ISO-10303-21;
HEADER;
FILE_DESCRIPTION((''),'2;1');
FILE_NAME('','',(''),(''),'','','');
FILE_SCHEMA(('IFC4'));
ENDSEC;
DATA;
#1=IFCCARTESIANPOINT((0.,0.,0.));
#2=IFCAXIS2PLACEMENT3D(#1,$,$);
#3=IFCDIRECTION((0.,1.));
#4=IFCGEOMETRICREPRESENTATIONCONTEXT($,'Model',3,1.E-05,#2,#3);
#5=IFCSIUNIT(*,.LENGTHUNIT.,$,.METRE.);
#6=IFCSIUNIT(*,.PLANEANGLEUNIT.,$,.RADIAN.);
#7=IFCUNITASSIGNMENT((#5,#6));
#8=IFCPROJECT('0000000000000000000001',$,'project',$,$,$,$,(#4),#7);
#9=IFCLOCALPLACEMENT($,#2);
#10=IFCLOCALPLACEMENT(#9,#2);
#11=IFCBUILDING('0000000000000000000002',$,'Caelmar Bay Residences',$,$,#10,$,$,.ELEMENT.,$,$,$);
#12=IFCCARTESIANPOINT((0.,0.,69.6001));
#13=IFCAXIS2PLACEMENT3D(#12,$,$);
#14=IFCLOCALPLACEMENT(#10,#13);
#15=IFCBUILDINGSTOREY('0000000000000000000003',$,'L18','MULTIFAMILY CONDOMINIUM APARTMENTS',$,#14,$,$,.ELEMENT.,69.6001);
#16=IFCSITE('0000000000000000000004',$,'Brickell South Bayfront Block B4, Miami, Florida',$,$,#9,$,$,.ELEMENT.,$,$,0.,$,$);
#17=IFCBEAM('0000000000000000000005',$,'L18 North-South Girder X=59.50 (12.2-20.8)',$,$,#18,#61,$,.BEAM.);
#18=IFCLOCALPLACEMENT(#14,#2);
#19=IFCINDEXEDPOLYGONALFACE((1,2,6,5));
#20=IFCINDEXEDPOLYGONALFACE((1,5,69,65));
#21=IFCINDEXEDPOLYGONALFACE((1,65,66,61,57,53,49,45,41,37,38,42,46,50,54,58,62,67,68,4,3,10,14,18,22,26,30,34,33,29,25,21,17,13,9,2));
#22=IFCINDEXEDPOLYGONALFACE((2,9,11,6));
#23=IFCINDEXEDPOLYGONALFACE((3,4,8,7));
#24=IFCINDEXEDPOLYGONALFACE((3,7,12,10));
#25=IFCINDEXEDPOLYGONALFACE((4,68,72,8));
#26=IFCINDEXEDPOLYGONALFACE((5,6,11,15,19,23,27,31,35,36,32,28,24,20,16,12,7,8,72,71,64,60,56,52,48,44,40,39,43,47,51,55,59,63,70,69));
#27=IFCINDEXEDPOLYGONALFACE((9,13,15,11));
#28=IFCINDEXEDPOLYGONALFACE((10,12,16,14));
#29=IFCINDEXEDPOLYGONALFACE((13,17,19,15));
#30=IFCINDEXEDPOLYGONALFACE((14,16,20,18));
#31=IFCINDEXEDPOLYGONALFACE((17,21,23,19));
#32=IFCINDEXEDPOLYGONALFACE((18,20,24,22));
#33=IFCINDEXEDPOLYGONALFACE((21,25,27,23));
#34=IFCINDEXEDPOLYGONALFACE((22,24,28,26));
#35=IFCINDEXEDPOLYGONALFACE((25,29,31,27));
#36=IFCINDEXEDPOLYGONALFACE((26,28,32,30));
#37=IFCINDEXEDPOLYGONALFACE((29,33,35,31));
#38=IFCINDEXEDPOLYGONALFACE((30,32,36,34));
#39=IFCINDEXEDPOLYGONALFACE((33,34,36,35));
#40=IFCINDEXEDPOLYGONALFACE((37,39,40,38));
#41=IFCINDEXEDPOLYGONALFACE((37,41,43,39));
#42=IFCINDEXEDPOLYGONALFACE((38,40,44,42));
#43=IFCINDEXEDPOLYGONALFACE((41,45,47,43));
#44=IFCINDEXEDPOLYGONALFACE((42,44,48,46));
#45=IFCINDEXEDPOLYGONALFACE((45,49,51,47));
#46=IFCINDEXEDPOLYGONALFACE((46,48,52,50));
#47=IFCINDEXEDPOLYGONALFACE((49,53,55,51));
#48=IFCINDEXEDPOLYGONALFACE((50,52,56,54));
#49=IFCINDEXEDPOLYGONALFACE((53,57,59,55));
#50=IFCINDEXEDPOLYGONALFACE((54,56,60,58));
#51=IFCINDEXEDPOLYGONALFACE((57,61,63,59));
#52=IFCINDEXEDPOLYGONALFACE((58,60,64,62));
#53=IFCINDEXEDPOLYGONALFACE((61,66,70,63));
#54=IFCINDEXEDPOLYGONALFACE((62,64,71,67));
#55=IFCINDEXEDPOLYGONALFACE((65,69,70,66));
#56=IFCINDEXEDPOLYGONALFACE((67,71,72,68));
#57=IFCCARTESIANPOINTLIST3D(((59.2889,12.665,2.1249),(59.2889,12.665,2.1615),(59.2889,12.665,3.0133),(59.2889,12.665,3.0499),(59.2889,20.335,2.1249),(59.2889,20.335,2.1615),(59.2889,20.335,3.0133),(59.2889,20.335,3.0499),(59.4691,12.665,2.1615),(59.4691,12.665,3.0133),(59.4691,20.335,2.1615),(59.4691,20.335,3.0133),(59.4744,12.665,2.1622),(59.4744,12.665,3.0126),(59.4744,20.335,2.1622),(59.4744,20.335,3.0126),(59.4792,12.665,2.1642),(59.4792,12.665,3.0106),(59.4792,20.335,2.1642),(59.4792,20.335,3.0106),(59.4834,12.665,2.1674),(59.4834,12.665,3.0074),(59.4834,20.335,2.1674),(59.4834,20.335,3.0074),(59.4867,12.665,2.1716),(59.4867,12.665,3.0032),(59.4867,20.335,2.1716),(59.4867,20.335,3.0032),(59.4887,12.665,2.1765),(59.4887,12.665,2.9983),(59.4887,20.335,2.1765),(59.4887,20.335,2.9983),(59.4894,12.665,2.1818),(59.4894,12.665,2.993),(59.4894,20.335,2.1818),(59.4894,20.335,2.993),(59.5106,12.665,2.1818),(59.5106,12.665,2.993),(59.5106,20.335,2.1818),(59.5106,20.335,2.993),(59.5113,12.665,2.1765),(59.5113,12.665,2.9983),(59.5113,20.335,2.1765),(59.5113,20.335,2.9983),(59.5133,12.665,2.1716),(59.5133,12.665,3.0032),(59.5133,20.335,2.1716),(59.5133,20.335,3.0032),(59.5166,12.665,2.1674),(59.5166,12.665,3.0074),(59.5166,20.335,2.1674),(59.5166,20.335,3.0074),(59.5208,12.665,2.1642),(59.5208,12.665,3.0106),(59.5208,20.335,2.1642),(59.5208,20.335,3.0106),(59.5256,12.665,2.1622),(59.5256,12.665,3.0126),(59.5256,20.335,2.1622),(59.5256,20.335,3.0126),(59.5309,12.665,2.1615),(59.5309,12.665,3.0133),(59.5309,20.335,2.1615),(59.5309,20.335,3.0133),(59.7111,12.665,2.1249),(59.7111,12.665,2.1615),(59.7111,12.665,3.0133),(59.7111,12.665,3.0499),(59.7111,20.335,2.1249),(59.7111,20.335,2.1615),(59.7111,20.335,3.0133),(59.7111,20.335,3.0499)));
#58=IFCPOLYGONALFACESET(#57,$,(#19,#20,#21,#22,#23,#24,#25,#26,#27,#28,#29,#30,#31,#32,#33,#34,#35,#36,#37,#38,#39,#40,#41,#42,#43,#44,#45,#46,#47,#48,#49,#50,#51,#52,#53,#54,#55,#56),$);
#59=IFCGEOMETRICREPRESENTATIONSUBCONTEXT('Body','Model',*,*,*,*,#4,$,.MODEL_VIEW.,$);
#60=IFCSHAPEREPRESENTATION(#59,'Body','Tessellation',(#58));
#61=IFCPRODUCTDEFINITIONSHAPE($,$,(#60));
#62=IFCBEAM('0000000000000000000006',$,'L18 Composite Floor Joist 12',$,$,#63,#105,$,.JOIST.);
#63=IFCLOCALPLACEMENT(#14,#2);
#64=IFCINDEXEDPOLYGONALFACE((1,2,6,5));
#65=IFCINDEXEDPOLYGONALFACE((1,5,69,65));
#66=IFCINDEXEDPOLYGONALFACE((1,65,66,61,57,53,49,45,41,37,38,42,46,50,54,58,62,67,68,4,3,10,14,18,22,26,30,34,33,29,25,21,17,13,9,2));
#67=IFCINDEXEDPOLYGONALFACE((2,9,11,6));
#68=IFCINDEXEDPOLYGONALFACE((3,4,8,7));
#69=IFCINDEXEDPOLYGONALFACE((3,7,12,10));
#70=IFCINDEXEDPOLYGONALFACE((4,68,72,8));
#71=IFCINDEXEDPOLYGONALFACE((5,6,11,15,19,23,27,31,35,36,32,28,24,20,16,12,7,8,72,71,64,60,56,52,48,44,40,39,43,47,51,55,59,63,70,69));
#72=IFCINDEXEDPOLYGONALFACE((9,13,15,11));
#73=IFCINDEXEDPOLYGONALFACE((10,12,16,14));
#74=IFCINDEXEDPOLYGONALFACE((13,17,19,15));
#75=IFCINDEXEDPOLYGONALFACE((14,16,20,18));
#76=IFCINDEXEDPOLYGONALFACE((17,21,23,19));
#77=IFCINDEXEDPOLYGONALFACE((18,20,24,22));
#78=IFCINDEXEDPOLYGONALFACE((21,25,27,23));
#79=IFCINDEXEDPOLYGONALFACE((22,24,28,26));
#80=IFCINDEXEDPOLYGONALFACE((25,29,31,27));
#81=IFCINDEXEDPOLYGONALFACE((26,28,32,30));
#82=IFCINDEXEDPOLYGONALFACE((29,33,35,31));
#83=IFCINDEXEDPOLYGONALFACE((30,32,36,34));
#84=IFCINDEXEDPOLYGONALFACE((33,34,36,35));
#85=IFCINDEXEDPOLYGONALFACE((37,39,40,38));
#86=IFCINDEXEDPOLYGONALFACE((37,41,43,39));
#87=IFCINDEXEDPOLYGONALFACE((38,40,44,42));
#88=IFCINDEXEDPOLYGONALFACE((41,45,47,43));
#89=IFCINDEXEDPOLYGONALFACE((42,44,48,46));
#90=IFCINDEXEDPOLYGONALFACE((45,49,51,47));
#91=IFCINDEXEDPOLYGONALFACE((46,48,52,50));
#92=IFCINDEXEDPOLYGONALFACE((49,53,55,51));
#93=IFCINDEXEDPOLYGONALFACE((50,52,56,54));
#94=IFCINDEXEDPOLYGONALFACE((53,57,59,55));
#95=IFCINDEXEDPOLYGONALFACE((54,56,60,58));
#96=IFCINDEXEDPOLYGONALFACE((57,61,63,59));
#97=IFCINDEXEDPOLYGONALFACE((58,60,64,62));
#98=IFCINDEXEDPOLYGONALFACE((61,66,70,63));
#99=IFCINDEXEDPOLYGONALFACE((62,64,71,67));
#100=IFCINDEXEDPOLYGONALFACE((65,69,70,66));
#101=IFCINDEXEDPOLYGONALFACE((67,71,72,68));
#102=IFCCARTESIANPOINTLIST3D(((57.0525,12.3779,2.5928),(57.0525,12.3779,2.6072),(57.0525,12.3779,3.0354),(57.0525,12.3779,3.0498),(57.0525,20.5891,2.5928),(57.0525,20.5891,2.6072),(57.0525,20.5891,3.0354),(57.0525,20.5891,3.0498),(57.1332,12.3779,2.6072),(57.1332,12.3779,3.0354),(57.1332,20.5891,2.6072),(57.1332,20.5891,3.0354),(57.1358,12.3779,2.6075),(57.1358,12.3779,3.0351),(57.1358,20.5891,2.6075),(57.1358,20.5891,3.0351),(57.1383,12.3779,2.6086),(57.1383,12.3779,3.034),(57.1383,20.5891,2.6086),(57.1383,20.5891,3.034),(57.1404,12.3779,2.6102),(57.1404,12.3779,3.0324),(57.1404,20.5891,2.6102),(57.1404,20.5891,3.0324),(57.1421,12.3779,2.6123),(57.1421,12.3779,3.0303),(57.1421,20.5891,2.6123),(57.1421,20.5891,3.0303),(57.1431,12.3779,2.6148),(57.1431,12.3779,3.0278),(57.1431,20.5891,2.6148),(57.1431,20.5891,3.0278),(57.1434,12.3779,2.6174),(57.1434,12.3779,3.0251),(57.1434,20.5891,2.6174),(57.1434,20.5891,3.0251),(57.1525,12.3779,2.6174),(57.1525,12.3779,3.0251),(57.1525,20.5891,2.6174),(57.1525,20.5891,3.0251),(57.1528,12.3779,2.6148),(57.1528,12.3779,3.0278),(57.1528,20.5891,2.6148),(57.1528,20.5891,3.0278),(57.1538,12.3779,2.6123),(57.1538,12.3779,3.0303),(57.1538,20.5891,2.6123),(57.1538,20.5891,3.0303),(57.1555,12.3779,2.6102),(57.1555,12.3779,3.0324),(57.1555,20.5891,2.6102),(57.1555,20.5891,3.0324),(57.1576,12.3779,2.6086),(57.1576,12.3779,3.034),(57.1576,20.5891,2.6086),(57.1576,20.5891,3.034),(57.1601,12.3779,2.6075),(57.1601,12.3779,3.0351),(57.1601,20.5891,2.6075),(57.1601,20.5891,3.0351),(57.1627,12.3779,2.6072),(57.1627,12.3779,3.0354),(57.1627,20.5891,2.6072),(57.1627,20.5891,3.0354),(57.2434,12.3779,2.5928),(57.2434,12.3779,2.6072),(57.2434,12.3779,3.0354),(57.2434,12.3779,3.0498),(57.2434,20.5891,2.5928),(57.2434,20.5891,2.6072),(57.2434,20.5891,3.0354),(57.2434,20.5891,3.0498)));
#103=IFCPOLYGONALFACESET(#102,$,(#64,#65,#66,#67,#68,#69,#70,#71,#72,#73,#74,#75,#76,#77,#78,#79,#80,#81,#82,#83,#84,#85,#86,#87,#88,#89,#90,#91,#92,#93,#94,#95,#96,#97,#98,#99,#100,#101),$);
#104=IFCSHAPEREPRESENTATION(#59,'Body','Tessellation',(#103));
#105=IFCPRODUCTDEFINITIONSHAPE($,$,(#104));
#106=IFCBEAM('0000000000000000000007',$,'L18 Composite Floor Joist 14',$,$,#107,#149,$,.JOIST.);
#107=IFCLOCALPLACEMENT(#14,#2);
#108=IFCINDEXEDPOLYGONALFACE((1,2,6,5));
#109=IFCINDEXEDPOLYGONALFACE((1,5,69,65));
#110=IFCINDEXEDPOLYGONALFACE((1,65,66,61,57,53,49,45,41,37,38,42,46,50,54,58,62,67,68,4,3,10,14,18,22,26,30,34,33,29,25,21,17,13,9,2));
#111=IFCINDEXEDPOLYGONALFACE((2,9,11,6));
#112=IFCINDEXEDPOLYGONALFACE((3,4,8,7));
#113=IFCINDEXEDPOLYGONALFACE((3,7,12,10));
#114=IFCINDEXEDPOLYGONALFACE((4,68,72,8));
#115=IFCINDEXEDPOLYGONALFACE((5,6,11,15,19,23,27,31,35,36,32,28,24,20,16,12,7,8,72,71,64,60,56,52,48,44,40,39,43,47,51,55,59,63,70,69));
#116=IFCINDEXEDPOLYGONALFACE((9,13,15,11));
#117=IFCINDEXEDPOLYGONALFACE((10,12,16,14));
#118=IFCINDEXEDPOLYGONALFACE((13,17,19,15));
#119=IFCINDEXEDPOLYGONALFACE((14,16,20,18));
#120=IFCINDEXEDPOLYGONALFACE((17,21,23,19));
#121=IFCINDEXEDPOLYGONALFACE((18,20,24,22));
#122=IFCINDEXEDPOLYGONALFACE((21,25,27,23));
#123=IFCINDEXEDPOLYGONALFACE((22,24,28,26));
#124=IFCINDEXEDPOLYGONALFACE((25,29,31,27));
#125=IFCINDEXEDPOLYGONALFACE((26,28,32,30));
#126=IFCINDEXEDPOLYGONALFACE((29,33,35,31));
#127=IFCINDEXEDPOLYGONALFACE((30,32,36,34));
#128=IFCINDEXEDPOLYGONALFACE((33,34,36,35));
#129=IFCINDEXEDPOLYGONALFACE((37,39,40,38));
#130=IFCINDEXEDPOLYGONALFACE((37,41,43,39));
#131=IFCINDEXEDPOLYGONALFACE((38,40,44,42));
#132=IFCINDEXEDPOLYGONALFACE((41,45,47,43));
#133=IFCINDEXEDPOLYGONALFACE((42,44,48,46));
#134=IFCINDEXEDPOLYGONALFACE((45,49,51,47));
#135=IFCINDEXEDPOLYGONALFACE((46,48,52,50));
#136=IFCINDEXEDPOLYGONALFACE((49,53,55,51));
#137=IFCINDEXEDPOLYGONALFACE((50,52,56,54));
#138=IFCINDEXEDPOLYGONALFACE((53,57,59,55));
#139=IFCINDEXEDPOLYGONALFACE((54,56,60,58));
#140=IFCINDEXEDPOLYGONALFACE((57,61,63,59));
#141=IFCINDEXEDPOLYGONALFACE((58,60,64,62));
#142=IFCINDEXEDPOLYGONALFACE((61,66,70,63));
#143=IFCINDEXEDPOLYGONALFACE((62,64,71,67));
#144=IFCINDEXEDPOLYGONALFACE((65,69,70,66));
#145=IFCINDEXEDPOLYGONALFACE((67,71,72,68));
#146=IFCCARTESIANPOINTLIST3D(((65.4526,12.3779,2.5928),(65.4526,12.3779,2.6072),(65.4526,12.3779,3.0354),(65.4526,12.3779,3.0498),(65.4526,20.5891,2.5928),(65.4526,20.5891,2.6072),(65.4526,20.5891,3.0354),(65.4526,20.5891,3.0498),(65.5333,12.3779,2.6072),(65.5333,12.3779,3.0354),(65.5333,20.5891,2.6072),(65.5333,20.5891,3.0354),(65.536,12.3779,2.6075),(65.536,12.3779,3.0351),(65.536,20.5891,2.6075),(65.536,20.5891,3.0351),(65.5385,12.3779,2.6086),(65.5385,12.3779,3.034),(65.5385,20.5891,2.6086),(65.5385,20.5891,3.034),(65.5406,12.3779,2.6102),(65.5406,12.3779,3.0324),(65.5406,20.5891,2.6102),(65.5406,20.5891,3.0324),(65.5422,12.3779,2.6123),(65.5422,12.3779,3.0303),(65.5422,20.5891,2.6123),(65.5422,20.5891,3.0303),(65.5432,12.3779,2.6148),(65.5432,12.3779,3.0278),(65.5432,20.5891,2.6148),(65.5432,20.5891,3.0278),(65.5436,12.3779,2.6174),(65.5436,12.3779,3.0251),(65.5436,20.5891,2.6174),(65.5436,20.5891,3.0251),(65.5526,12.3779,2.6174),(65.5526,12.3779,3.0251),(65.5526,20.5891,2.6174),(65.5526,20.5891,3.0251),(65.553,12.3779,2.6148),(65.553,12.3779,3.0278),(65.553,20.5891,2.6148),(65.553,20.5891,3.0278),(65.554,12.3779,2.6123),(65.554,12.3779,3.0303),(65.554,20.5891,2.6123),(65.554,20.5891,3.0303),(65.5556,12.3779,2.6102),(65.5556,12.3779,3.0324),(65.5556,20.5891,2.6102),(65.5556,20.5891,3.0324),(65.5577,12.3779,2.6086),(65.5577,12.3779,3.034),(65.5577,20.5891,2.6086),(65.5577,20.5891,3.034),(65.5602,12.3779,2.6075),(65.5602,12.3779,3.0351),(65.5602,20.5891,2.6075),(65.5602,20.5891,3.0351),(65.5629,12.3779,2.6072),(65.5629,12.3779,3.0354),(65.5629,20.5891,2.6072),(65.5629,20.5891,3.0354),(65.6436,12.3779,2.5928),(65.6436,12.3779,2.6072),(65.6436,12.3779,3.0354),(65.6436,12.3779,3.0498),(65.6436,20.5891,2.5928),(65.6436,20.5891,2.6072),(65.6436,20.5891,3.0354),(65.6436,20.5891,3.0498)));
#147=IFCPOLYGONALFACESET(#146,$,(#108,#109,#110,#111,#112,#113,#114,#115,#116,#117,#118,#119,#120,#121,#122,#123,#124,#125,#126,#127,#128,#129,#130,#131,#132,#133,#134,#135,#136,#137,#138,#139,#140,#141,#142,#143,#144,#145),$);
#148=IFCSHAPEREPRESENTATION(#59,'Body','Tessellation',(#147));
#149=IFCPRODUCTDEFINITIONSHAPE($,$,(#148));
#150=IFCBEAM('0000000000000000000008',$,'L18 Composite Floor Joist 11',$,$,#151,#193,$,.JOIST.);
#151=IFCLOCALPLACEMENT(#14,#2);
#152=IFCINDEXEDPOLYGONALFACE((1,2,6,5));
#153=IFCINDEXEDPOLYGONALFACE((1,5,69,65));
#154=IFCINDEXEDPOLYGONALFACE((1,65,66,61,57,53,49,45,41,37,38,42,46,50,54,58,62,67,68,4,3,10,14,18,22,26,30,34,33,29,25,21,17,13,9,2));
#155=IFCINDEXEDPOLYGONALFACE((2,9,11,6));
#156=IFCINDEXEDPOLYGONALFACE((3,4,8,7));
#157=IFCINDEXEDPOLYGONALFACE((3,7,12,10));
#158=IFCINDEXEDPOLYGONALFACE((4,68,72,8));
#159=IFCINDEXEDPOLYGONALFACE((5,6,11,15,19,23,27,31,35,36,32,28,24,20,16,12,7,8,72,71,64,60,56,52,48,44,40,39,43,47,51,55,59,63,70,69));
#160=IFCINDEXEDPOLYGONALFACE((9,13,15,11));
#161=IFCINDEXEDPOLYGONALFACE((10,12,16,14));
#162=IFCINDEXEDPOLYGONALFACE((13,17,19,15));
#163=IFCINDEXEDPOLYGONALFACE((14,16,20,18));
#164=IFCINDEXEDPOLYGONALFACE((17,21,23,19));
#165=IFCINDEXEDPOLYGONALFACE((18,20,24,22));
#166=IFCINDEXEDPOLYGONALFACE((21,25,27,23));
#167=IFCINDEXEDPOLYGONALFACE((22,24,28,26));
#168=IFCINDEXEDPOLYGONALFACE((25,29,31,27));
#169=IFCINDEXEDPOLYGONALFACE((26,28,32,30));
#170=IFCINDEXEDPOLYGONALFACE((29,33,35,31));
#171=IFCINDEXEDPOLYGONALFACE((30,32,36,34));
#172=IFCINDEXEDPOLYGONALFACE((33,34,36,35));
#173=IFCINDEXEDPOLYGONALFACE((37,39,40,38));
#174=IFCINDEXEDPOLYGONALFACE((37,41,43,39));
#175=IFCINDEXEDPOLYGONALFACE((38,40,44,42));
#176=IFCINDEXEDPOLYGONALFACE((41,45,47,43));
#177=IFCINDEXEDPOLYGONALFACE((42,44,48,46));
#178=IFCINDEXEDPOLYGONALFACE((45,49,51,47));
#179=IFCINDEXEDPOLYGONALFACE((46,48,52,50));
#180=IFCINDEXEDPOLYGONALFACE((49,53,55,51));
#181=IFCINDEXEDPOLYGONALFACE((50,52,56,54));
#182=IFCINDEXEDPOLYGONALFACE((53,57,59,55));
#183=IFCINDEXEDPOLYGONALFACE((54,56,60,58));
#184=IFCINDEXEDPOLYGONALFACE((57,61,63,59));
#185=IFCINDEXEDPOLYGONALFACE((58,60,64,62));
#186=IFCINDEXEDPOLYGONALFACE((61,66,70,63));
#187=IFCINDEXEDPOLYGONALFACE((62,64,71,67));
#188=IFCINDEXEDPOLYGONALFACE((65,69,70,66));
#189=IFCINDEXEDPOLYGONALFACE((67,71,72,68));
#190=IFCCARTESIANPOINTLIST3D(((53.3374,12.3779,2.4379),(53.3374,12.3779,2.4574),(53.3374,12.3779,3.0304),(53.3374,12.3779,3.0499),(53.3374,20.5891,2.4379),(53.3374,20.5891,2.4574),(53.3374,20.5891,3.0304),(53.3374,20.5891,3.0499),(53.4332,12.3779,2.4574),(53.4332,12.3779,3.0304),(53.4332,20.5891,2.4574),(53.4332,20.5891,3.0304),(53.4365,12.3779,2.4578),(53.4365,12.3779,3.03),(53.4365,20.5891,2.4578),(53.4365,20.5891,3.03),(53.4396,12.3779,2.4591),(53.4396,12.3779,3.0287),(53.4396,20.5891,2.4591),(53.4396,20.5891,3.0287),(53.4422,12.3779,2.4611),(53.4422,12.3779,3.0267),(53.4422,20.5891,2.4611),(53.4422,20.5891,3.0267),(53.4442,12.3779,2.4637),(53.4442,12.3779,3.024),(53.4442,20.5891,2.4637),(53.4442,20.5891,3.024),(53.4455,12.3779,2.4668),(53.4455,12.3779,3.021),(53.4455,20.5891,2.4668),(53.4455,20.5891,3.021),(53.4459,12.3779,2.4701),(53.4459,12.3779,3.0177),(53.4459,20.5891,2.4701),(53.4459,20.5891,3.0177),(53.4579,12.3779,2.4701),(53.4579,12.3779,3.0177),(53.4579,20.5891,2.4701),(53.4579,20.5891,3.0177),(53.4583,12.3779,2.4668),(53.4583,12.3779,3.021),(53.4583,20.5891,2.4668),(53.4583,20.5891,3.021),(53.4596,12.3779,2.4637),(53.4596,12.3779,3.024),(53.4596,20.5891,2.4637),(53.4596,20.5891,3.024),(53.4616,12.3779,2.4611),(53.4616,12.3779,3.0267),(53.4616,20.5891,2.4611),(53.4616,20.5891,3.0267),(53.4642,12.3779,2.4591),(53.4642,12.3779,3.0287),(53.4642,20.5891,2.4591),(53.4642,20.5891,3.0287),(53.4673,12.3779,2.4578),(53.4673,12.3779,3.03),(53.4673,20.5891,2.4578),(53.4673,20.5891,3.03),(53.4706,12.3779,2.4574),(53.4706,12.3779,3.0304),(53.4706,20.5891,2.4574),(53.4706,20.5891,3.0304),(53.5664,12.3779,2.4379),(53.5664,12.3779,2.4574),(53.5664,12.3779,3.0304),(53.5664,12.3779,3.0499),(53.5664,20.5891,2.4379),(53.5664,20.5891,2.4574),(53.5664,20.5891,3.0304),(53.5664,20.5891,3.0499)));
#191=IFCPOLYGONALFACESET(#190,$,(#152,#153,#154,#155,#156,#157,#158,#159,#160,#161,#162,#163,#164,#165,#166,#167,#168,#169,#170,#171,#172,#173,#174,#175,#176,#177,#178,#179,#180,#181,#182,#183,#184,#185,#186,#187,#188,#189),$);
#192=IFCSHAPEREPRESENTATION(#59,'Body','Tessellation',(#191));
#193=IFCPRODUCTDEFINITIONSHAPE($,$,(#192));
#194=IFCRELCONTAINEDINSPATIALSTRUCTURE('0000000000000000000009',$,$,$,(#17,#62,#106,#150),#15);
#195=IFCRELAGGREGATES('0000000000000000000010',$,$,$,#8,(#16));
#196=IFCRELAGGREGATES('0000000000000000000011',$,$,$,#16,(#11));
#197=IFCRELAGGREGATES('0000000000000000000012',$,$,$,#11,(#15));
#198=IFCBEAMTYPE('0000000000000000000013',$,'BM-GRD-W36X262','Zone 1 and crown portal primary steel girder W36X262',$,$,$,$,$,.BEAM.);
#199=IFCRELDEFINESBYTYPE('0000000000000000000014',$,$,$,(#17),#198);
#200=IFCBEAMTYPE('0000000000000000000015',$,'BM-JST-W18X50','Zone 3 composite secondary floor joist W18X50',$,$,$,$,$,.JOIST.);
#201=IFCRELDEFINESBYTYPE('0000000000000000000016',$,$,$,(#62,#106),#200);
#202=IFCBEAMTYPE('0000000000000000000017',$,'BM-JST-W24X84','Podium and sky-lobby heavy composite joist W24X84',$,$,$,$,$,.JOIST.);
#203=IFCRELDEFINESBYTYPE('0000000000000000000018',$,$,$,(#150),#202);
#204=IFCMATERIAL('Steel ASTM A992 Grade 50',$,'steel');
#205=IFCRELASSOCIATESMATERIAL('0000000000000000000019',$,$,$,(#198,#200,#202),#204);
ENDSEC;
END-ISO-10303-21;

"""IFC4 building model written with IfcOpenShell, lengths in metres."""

from ifc_helpers import new_model, si_unit, direction, frame, origin, origin_2d, place, context, subcontext, project, spatial, i_section, extrude, material, material_profile, profile_set, type_object, element, save


model = new_model("IFC4")

# Units and contexts
model_context = context("Model", 3, precision=1e-05, world=origin(), true_north=direction((0.0, 1.0)))
body_context = subcontext(model_context, "Body", "Model", "MODEL_VIEW")
ifc_project = project(units=[si_unit("LENGTHUNIT", "METRE"), si_unit("PLANEANGLEUNIT", "RADIAN")], contexts=[model_context])

# Site, building, storey
site_placement = place(None, origin())
site = spatial("IfcSite", under=ifc_project, at=site_placement, Name="Brickell South Bayfront Block B4, Miami, Florida", CompositionType="ELEMENT", RefElevation=0.0)
building_placement = place(site_placement, origin())
building = spatial("IfcBuilding", under=site, at=building_placement, Name="Caelmar Bay Residences", CompositionType="ELEMENT")
storey_placement = place(building_placement, frame((0.0, 0.0, 69.6001)))
storey = spatial("IfcBuildingStorey", under=building, at=storey_placement, Name="L18", Description="MULTIFAMILY CONDOMINIUM APARTMENTS", CompositionType="ELEMENT", Elevation=69.6001)

# Beams
ifc_material_1 = material(Name="Steel ASTM A992 Grade 50", Category="steel")
ifc_material_profile_1 = material_profile(ifc_material_1, i_section(OverallWidth=0.4221, OverallDepth=0.925, WebThickness=0.0212, FlangeThickness=0.0366, FilletRadius=0.0203, at=origin_2d()), Name="W36X262")
ifc_profile_set_1 = profile_set([ifc_material_profile_1], Name="Steel ASTM A992 Grade 50")
beam_type_1 = type_object("IfcBeamType", Name="BM-GRD-W36X262", Description="Zone 1 and crown portal primary steel girder W36X262", PredefinedType="BEAM", material=ifc_profile_set_1)
for number, where, z_axis, x_axis, name in (
    (1, (59.5, 12.665, 2.5874), (0.0, 1.0, 0.0), (-1.0, 0.0, 0.0), "L18 North-South Girder X=59.50 (12.2-20.8)"),
):
    element("IfcBeam", number, at=place(storey_placement, frame(where, z_axis=z_axis, x_axis=x_axis)), inside=storey, type_object=beam_type_1, Name=name, PredefinedType="BEAM", context=body_context, shape_type="SweptSolid", body=[
        extrude(i_section(OverallWidth=0.4221, OverallDepth=0.925, WebThickness=0.0212, FlangeThickness=0.0366, FilletRadius=0.0203, at=origin_2d()), origin(), (0.0, 0.0, 1.0), 7.6699),
    ])
ifc_material_profile_2 = material_profile(ifc_material_1, i_section(OverallWidth=0.1909, OverallDepth=0.457, WebThickness=0.009, FlangeThickness=0.0144, FilletRadius=0.0103, at=origin_2d()), Name="W18X50")
ifc_profile_set_2 = profile_set([ifc_material_profile_2], Name="Steel ASTM A992 Grade 50")
beam_type_2 = type_object("IfcBeamType", Name="BM-JST-W18X50", Description="Zone 3 composite secondary floor joist W18X50", PredefinedType="JOIST", material=ifc_profile_set_2)
for number, where, z_axis, x_axis, name in (
    (2, (57.1479, 12.3779, 2.8213), (0.0, 1.0, 0.0), (-1.0, 0.0, 0.0), "L18 Composite Floor Joist 12"),
    (3, (65.5481, 12.3779, 2.8213), (0.0, 1.0, 0.0), (-1.0, 0.0, 0.0), "L18 Composite Floor Joist 14"),
):
    element("IfcBeam", number, at=place(storey_placement, frame(where, z_axis=z_axis, x_axis=x_axis)), inside=storey, type_object=beam_type_2, Name=name, PredefinedType="JOIST", context=body_context, shape_type="SweptSolid", body=[
        extrude(i_section(OverallWidth=0.1909, OverallDepth=0.457, WebThickness=0.009, FlangeThickness=0.0144, FilletRadius=0.0103, at=origin_2d()), origin(), (0.0, 0.0, 1.0), 8.2112),
    ])
ifc_material_profile_3 = material_profile(ifc_material_1, i_section(OverallWidth=0.229, OverallDepth=0.6121, WebThickness=0.012, FlangeThickness=0.0195, FilletRadius=0.0127, at=origin_2d()), Name="W24X84")
ifc_profile_set_3 = profile_set([ifc_material_profile_3], Name="Steel ASTM A992 Grade 50")
beam_type_3 = type_object("IfcBeamType", Name="BM-JST-W24X84", Description="Podium and sky-lobby heavy composite joist W24X84", PredefinedType="JOIST", material=ifc_profile_set_3)
for number, where, z_axis, x_axis, name in (
    (4, (53.4519, 12.3779, 2.7439), (0.0, 1.0, 0.0), (-1.0, 0.0, 0.0), "L18 Composite Floor Joist 11"),
):
    element("IfcBeam", number, at=place(storey_placement, frame(where, z_axis=z_axis, x_axis=x_axis)), inside=storey, type_object=beam_type_3, Name=name, PredefinedType="JOIST", context=body_context, shape_type="SweptSolid", body=[
        extrude(i_section(OverallWidth=0.229, OverallDepth=0.6121, WebThickness=0.012, FlangeThickness=0.0195, FilletRadius=0.0127, at=origin_2d()), origin(), (0.0, 0.0, 1.0), 8.2112),
    ])

save(model, "model.ifc")
